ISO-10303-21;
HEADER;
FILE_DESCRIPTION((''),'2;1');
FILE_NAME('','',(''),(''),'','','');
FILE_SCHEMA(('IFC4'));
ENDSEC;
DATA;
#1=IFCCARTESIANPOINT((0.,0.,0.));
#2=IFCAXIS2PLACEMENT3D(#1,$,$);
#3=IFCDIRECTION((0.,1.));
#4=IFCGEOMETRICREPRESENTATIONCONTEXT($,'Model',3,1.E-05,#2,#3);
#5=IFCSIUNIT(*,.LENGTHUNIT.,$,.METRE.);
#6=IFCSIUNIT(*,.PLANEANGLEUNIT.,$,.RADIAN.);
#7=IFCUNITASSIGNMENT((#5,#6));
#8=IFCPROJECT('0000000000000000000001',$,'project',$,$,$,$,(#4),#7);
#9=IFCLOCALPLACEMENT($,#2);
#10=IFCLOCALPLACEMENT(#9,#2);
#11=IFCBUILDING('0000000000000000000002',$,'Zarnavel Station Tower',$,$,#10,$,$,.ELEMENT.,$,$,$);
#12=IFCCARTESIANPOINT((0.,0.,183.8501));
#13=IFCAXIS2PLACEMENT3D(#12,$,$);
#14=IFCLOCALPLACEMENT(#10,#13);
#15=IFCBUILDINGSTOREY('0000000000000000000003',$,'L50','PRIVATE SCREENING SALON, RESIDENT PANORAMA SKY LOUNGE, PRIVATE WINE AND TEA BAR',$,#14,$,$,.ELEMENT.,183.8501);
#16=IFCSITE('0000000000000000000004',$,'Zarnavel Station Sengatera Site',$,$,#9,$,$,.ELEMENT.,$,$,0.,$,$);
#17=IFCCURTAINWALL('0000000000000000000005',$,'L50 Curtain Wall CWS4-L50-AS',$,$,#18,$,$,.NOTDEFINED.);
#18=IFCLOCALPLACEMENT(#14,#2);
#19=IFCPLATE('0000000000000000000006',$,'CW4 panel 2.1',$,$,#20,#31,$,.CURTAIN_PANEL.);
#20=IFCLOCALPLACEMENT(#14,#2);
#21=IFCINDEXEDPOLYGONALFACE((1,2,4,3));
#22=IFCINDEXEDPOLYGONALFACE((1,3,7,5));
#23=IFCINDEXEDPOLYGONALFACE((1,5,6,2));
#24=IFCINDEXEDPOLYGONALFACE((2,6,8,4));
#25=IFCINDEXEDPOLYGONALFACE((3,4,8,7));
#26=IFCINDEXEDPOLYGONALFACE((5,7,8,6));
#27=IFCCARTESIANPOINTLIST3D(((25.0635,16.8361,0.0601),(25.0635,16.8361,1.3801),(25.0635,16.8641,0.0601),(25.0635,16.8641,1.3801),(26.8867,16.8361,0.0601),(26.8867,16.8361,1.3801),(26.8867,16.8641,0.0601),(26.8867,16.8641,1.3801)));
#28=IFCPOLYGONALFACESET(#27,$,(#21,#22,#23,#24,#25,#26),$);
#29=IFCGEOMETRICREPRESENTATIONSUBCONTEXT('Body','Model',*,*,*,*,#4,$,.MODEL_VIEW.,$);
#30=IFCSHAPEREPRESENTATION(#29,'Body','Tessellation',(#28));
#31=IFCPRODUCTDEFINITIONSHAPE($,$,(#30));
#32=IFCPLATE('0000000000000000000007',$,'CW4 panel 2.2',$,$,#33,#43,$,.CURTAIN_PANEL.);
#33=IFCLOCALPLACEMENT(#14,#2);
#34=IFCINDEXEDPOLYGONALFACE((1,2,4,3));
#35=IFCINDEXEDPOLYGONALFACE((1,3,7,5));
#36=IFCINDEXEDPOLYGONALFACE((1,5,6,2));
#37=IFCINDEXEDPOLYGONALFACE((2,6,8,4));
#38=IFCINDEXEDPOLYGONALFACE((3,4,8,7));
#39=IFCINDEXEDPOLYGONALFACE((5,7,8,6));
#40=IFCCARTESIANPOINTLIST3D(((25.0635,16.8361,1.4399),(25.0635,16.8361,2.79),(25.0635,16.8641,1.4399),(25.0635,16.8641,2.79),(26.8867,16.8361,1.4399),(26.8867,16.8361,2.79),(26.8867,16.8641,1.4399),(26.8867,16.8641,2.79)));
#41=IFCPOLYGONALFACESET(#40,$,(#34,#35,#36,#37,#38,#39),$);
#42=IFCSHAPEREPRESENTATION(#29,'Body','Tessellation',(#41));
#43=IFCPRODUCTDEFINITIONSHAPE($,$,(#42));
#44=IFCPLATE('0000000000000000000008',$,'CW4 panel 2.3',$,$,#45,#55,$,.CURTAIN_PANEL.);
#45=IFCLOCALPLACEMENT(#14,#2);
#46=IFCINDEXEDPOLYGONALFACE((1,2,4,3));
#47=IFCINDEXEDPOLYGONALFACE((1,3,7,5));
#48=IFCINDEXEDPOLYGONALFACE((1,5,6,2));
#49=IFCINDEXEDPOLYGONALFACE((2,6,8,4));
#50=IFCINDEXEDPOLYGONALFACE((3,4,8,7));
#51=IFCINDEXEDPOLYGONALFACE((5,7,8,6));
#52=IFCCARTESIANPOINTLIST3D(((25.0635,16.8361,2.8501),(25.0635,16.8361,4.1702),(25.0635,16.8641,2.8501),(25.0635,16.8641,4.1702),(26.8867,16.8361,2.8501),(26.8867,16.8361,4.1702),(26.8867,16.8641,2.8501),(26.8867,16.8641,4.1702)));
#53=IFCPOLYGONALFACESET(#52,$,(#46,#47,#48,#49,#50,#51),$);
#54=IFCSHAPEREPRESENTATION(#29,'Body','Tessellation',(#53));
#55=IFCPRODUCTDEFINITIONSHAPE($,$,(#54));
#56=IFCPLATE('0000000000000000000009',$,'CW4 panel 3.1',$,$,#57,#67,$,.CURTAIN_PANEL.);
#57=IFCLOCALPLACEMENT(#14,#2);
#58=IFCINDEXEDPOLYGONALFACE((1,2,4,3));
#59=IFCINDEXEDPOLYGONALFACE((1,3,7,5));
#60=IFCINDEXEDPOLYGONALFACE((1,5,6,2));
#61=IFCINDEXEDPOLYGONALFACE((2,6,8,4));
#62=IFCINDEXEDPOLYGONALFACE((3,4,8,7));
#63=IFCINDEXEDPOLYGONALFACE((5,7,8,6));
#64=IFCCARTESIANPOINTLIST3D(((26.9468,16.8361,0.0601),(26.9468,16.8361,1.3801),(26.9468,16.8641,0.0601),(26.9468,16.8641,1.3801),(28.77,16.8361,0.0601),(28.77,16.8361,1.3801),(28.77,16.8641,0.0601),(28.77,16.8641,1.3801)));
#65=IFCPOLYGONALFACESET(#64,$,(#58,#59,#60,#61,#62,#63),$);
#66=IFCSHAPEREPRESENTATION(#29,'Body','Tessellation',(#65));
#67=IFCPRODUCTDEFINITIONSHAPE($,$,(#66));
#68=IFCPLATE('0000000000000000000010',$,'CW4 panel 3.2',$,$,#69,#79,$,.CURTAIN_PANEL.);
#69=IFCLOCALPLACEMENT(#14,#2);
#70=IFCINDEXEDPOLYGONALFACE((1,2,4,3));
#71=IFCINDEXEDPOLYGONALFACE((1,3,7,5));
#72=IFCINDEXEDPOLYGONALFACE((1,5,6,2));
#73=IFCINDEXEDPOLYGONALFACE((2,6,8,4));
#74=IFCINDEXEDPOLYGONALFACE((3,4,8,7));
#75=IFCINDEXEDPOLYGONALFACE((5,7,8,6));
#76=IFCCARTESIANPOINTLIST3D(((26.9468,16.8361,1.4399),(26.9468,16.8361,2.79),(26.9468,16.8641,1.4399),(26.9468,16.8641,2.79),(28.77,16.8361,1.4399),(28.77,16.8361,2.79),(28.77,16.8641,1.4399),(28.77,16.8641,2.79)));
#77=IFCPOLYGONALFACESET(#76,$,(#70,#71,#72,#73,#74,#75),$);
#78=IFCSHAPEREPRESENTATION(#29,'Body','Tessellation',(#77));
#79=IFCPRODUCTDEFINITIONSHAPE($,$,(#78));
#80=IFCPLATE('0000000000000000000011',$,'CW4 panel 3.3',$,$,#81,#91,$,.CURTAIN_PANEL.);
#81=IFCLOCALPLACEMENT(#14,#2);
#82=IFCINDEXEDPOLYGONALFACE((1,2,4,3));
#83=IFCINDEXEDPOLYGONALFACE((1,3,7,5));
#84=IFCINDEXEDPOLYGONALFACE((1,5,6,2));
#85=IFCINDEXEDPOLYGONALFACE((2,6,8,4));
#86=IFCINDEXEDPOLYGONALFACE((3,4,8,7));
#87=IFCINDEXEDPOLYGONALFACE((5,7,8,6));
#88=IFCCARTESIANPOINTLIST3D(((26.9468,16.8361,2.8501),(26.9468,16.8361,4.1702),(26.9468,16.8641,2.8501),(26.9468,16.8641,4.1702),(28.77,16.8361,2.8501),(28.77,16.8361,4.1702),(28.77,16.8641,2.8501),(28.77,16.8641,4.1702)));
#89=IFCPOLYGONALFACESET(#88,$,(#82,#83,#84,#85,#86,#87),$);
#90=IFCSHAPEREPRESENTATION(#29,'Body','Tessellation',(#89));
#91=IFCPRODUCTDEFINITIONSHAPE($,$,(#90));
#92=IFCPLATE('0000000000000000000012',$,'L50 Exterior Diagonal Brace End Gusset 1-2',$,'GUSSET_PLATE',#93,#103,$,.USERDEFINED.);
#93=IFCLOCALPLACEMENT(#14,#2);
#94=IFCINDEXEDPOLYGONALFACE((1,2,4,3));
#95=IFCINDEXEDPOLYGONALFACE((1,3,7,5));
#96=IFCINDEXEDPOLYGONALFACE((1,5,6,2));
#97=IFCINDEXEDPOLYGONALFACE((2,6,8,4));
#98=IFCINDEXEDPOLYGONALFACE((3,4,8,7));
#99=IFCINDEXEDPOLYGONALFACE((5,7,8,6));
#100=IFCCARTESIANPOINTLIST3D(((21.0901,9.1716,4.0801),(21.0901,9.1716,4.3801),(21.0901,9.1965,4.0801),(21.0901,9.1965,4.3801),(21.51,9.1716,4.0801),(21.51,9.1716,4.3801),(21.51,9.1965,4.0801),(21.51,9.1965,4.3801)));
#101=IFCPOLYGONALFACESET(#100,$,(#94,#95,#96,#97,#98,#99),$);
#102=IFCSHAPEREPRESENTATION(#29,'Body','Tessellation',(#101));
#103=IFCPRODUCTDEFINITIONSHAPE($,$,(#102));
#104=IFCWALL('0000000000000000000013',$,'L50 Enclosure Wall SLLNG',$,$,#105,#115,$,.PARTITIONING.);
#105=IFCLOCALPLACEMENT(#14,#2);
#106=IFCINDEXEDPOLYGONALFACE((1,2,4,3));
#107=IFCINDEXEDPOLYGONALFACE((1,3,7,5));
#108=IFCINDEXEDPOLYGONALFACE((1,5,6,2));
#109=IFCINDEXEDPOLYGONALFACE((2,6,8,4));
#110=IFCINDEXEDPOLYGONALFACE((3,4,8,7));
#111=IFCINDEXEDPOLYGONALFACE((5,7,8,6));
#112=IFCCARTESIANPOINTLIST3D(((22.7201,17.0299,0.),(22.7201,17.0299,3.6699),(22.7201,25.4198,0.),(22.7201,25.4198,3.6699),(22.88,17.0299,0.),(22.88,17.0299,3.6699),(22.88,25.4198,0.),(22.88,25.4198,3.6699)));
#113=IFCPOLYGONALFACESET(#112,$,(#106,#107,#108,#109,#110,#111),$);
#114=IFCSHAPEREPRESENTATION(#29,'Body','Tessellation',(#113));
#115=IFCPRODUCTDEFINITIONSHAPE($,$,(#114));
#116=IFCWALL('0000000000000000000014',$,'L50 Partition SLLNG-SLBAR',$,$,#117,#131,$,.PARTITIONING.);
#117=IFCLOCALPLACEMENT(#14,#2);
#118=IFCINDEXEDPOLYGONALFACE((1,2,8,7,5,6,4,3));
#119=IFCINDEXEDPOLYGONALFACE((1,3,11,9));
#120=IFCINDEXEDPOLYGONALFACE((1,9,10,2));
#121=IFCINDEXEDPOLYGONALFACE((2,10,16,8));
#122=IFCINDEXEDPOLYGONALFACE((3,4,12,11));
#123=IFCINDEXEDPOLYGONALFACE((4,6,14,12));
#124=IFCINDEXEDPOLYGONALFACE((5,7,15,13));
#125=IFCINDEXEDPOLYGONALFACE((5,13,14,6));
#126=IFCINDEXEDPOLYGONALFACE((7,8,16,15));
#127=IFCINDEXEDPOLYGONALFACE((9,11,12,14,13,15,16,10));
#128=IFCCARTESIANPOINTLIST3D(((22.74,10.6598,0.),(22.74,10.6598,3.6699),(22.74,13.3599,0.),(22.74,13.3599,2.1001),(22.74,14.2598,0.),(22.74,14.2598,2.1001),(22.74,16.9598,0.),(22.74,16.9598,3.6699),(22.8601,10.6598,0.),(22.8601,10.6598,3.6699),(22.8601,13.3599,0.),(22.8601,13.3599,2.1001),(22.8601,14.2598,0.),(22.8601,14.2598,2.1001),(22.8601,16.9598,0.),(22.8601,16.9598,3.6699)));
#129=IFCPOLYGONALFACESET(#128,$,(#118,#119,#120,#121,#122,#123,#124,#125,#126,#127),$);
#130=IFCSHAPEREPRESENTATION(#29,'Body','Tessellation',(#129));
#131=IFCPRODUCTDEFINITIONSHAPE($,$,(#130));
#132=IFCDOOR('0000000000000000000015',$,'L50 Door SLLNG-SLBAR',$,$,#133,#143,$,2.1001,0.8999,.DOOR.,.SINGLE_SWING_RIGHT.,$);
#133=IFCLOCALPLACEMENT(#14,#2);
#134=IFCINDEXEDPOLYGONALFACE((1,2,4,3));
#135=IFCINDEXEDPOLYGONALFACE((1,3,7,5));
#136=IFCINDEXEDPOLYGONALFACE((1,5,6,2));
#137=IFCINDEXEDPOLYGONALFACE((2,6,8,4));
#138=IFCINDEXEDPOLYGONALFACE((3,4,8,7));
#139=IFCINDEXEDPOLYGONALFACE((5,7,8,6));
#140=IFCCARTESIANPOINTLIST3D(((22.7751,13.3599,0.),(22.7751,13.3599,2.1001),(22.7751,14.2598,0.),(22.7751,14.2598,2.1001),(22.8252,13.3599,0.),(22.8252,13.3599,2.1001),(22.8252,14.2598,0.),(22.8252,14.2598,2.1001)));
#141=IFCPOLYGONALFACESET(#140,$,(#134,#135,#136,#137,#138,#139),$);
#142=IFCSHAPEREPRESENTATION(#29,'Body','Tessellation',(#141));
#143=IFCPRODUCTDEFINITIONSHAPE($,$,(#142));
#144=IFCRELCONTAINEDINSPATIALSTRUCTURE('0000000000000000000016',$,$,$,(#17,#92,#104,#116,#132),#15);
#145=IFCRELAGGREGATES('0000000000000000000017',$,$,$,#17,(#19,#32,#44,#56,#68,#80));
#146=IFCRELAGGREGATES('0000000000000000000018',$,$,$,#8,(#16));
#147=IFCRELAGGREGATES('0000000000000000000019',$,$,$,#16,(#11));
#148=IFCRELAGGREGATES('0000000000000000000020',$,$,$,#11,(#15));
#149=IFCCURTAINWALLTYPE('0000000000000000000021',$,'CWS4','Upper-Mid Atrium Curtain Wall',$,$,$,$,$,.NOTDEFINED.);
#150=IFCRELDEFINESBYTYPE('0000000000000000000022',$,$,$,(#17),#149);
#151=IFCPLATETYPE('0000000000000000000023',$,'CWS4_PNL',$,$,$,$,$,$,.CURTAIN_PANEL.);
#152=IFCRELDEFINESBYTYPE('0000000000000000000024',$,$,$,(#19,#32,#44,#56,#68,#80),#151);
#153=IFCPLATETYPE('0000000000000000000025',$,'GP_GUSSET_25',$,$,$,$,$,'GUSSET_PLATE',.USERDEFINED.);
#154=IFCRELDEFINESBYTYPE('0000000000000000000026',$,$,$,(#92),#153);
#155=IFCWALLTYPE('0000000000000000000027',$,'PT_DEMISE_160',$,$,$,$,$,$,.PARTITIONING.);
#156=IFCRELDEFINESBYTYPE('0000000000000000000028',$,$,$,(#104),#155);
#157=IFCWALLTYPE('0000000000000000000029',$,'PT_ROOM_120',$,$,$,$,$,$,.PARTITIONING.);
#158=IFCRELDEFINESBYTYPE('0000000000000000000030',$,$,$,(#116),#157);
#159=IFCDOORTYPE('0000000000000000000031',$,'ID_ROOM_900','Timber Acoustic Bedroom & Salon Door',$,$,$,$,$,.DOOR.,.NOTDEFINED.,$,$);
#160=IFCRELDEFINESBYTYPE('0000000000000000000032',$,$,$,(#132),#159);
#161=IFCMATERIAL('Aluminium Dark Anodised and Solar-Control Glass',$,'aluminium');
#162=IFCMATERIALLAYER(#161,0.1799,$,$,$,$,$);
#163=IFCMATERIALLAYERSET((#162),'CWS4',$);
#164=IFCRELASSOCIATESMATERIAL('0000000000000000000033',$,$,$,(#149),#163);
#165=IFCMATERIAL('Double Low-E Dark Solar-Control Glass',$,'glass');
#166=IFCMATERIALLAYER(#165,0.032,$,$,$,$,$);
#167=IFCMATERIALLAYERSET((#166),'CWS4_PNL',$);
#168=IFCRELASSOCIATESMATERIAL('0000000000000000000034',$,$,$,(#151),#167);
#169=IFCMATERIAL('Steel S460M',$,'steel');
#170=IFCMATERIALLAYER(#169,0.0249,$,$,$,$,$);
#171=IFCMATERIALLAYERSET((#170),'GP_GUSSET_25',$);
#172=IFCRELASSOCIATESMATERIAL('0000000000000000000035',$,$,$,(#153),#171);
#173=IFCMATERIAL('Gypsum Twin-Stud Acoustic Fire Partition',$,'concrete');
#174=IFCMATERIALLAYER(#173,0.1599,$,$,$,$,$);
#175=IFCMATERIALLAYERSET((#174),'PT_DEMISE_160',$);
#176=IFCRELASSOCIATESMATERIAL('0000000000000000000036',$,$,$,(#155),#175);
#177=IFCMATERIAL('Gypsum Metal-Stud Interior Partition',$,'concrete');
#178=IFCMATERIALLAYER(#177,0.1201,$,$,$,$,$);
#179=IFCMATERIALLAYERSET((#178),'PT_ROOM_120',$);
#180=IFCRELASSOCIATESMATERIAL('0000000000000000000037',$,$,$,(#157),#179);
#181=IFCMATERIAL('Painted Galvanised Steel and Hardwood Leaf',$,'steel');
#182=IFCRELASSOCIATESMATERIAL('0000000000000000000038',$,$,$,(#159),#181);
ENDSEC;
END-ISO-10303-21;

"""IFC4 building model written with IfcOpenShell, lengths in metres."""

from ifc_helpers import new_model, si_unit, direction, frame, frame_2d, origin, origin_2d, place, context, subcontext, project, spatial, rectangle, extrude, material, layer, layer_set, type_object, element, fill, aggregate, save


model = new_model("IFC4")

# Units and contexts
model_context = context("Model", 3, precision=1e-05, world=origin(), true_north=direction((0.0, 1.0)))
body_context = subcontext(model_context, "Body", "Model", "MODEL_VIEW")
ifc_project = project(units=[si_unit("LENGTHUNIT", "METRE"), si_unit("PLANEANGLEUNIT", "RADIAN")], contexts=[model_context])

# Site, building, storey
site_placement = place(None, origin())
site = spatial("IfcSite", under=ifc_project, at=site_placement, Name="Zarnavel Station Sengatera Site", CompositionType="ELEMENT", RefElevation=0.0)
building_placement = place(site_placement, origin())
building = spatial("IfcBuilding", under=site, at=building_placement, Name="Zarnavel Station Tower", CompositionType="ELEMENT")
storey_placement = place(building_placement, frame((0.0, 0.0, 183.8501)))
storey = spatial("IfcBuildingStorey", under=building, at=storey_placement, Name="L50", Description="PRIVATE SCREENING SALON, RESIDENT PANORAMA SKY LOUNGE, PRIVATE WINE AND TEA BAR", CompositionType="ELEMENT", Elevation=183.8501)

# Curtain wall
ifc_material_1 = material(Name="Aluminium Dark Anodised and Solar-Control Glass", Category="aluminium")
ifc_layer_1 = layer(ifc_material_1, 0.1799)
ifc_layer_set_1 = layer_set([ifc_layer_1], Name="CWS4")
curtain_wall_type = type_object("IfcCurtainWallType", Name="CWS4", Description="Upper-Mid Atrium Curtain Wall", PredefinedType="NOTDEFINED", material=ifc_layer_set_1)
curtain_wall_placement = place(storey_placement, origin())
curtain_wall = element("IfcCurtainWall", 1, at=curtain_wall_placement, inside=storey, type_object=curtain_wall_type, Name="L50 Curtain Wall CWS4-L50-AS", PredefinedType="NOTDEFINED")

# Plates
ifc_material_2 = material(Name="Double Low-E Dark Solar-Control Glass", Category="glass")
ifc_layer_2 = layer(ifc_material_2, 0.032)
ifc_layer_set_2 = layer_set([ifc_layer_2], Name="CWS4_PNL")
plate_type_1 = type_object("IfcPlateType", Name="CWS4_PNL", PredefinedType="CURTAIN_PANEL", material=ifc_layer_set_2)
plate_1_placement = place(storey_placement, frame((25.9751, 16.8501, 0.0601), z_axis=(0.0, 0.0, 1.0), x_axis=(1.0, 0.0, 0.0)))
plate_1 = element("IfcPlate", 2, at=plate_1_placement, type_object=plate_type_1, Name="CW4 panel 2.1", PredefinedType="CURTAIN_PANEL", context=body_context, shape_type="SweptSolid", body=[
    extrude(rectangle(XDim=1.8232, YDim=0.0281, at=origin_2d()), origin(), (0.0, 0.0, 1.0), 1.3201),
])
plate_2_placement = place(storey_placement, frame((25.9751, 16.8501, 1.4399), z_axis=(0.0, 0.0, 1.0), x_axis=(1.0, 0.0, 0.0)))
plate_2 = element("IfcPlate", 3, at=plate_2_placement, type_object=plate_type_1, Name="CW4 panel 2.2", PredefinedType="CURTAIN_PANEL", context=body_context, shape_type="SweptSolid", body=[
    extrude(rectangle(XDim=1.8232, YDim=0.0281, at=origin_2d()), origin(), (0.0, 0.0, 1.0), 1.3501),
])
plate_3_placement = place(storey_placement, frame((25.9751, 16.8501, 2.8501), z_axis=(0.0, 0.0, 1.0), x_axis=(1.0, 0.0, 0.0)))
plate_3 = element("IfcPlate", 4, at=plate_3_placement, type_object=plate_type_1, Name="CW4 panel 2.3", PredefinedType="CURTAIN_PANEL", context=body_context, shape_type="SweptSolid", body=[
    extrude(rectangle(XDim=1.8232, YDim=0.0281, at=origin_2d()), origin(), (0.0, 0.0, 1.0), 1.3201),
])
plate_4_placement = place(storey_placement, frame((27.8584, 16.8501, 0.0601), z_axis=(0.0, 0.0, 1.0), x_axis=(1.0, 0.0, 0.0)))
plate_4 = element("IfcPlate", 5, at=plate_4_placement, type_object=plate_type_1, Name="CW4 panel 3.1", PredefinedType="CURTAIN_PANEL", context=body_context, shape_type="SweptSolid", body=[
    extrude(rectangle(XDim=1.8232, YDim=0.0281, at=origin_2d()), origin(), (0.0, 0.0, 1.0), 1.3201),
])
plate_5_placement = place(storey_placement, frame((27.8584, 16.8501, 1.4399), z_axis=(0.0, 0.0, 1.0), x_axis=(1.0, 0.0, 0.0)))
plate_5 = element("IfcPlate", 6, at=plate_5_placement, type_object=plate_type_1, Name="CW4 panel 3.2", PredefinedType="CURTAIN_PANEL", context=body_context, shape_type="SweptSolid", body=[
    extrude(rectangle(XDim=1.8232, YDim=0.0281, at=origin_2d()), origin(), (0.0, 0.0, 1.0), 1.3501),
])
plate_6_placement = place(storey_placement, frame((27.8584, 16.8501, 2.8501), z_axis=(0.0, 0.0, 1.0), x_axis=(1.0, 0.0, 0.0)))
plate_6 = element("IfcPlate", 7, at=plate_6_placement, type_object=plate_type_1, Name="CW4 panel 3.3", PredefinedType="CURTAIN_PANEL", context=body_context, shape_type="SweptSolid", body=[
    extrude(rectangle(XDim=1.8232, YDim=0.0281, at=origin_2d()), origin(), (0.0, 0.0, 1.0), 1.3201),
])
aggregate(curtain_wall, [plate_1, plate_2, plate_3, plate_4, plate_5, plate_6])
ifc_material_3 = material(Name="Steel S460M", Category="steel")
ifc_layer_3 = layer(ifc_material_3, 0.0249)
ifc_layer_set_3 = layer_set([ifc_layer_3], Name="GP_GUSSET_25")
plate_type_2 = type_object("IfcPlateType", Name="GP_GUSSET_25", ElementType="GUSSET_PLATE", PredefinedType="USERDEFINED", material=ifc_layer_set_3)
plate_7_placement = place(storey_placement, frame((21.3, 9.1841, 4.0801), z_axis=(0.0, 0.0, 1.0), x_axis=(1.0, 0.0, 0.0)))
element("IfcPlate", 8, at=plate_7_placement, inside=storey, type_object=plate_type_2, Name="L50 Exterior Diagonal Brace End Gusset 1-2", ObjectType="GUSSET_PLATE", PredefinedType="USERDEFINED", context=body_context, shape_type="SweptSolid", body=[
    extrude(rectangle(XDim=0.4199, YDim=0.0249, at=origin_2d()), origin(), (0.0, 0.0, 1.0), 0.3),
])

# Wall
ifc_material_4 = material(Name="Gypsum Twin-Stud Acoustic Fire Partition", Category="concrete")
ifc_layer_4 = layer(ifc_material_4, 0.1599)
ifc_layer_set_4 = layer_set([ifc_layer_4], Name="PT_DEMISE_160")
wall_type_1 = type_object("IfcWallType", Name="PT_DEMISE_160", PredefinedType="PARTITIONING", material=ifc_layer_set_4)
wall_1_placement = place(storey_placement, frame((22.8, 17.03, 0.0), z_axis=(0.0, 0.0, 1.0), x_axis=(0.0, 1.0, 0.0)))
element("IfcWall", 9, at=wall_1_placement, inside=storey, type_object=wall_type_1, Name="L50 Enclosure Wall SLLNG", PredefinedType="PARTITIONING", context=body_context, shape_type="SweptSolid", body=[
    extrude(rectangle(XDim=8.3899, YDim=0.1599, at=frame_2d((4.1948, 0.0))), origin(), (0.0, 0.0, 1.0), 3.6699),
])

# Wall, opening, door
ifc_material_5 = material(Name="Gypsum Metal-Stud Interior Partition", Category="concrete")
ifc_layer_5 = layer(ifc_material_5, 0.1201)
ifc_layer_set_5 = layer_set([ifc_layer_5], Name="PT_ROOM_120")
wall_type_2 = type_object("IfcWallType", Name="PT_ROOM_120", PredefinedType="PARTITIONING", material=ifc_layer_set_5)
wall_2_placement = place(storey_placement, frame((22.8, 10.6599, 0.0), z_axis=(0.0, 0.0, 1.0), x_axis=(0.0, 1.0, 0.0)))
wall_2 = element("IfcWall", 10, at=wall_2_placement, inside=storey, type_object=wall_type_2, Name="L50 Partition SLLNG-SLBAR", PredefinedType="PARTITIONING", context=body_context, shape_type="SweptSolid", body=[
    extrude(rectangle(XDim=6.3, YDim=0.1201, at=frame_2d((3.1499, 0.0))), origin(), (0.0, 0.0, 1.0), 3.6699),
])
opening_placement = place(wall_2_placement, frame((2.7, 0.0, 0.0)))
opening = element("IfcOpeningElement", 11, at=opening_placement, cuts=wall_2, PredefinedType="OPENING", context=body_context, shape_type="SweptSolid", body=[
    extrude(rectangle(XDim=0.8999, YDim=2.1001, at=frame_2d((0.45, 1.05))), frame((0.0, 0.0701, 0.0), z_axis=(0.0, -1.0, 0.0), x_axis=(1.0, 0.0, 0.0)), (0.0, 0.0, 1.0), 0.1401),
])
ifc_material_6 = material(Name="Painted Galvanised Steel and Hardwood Leaf", Category="steel")
door_type = type_object("IfcDoorType", Name="ID_ROOM_900", Description="Timber Acoustic Bedroom & Salon Door", OperationType="NOTDEFINED", PredefinedType="DOOR", material=ifc_material_6)
door_placement = place(opening_placement, origin())
door = element("IfcDoor", 12, at=door_placement, inside=storey, type_object=door_type, Name="L50 Door SLLNG-SLBAR", OperationType="SINGLE_SWING_RIGHT", OverallHeight=2.1001, OverallWidth=0.8999, PredefinedType="DOOR", context=body_context, shape_type="SweptSolid", body=[
    extrude(rectangle(XDim=0.8999, YDim=2.1001, at=frame_2d((0.45, 1.05))), frame((0.0, 0.0249, 0.0), z_axis=(0.0, -1.0, 0.0), x_axis=(1.0, 0.0, 0.0)), (0.0, 0.0, 1.0), 0.05),
])
fill(opening, door)

save(model, "model.ifc")
